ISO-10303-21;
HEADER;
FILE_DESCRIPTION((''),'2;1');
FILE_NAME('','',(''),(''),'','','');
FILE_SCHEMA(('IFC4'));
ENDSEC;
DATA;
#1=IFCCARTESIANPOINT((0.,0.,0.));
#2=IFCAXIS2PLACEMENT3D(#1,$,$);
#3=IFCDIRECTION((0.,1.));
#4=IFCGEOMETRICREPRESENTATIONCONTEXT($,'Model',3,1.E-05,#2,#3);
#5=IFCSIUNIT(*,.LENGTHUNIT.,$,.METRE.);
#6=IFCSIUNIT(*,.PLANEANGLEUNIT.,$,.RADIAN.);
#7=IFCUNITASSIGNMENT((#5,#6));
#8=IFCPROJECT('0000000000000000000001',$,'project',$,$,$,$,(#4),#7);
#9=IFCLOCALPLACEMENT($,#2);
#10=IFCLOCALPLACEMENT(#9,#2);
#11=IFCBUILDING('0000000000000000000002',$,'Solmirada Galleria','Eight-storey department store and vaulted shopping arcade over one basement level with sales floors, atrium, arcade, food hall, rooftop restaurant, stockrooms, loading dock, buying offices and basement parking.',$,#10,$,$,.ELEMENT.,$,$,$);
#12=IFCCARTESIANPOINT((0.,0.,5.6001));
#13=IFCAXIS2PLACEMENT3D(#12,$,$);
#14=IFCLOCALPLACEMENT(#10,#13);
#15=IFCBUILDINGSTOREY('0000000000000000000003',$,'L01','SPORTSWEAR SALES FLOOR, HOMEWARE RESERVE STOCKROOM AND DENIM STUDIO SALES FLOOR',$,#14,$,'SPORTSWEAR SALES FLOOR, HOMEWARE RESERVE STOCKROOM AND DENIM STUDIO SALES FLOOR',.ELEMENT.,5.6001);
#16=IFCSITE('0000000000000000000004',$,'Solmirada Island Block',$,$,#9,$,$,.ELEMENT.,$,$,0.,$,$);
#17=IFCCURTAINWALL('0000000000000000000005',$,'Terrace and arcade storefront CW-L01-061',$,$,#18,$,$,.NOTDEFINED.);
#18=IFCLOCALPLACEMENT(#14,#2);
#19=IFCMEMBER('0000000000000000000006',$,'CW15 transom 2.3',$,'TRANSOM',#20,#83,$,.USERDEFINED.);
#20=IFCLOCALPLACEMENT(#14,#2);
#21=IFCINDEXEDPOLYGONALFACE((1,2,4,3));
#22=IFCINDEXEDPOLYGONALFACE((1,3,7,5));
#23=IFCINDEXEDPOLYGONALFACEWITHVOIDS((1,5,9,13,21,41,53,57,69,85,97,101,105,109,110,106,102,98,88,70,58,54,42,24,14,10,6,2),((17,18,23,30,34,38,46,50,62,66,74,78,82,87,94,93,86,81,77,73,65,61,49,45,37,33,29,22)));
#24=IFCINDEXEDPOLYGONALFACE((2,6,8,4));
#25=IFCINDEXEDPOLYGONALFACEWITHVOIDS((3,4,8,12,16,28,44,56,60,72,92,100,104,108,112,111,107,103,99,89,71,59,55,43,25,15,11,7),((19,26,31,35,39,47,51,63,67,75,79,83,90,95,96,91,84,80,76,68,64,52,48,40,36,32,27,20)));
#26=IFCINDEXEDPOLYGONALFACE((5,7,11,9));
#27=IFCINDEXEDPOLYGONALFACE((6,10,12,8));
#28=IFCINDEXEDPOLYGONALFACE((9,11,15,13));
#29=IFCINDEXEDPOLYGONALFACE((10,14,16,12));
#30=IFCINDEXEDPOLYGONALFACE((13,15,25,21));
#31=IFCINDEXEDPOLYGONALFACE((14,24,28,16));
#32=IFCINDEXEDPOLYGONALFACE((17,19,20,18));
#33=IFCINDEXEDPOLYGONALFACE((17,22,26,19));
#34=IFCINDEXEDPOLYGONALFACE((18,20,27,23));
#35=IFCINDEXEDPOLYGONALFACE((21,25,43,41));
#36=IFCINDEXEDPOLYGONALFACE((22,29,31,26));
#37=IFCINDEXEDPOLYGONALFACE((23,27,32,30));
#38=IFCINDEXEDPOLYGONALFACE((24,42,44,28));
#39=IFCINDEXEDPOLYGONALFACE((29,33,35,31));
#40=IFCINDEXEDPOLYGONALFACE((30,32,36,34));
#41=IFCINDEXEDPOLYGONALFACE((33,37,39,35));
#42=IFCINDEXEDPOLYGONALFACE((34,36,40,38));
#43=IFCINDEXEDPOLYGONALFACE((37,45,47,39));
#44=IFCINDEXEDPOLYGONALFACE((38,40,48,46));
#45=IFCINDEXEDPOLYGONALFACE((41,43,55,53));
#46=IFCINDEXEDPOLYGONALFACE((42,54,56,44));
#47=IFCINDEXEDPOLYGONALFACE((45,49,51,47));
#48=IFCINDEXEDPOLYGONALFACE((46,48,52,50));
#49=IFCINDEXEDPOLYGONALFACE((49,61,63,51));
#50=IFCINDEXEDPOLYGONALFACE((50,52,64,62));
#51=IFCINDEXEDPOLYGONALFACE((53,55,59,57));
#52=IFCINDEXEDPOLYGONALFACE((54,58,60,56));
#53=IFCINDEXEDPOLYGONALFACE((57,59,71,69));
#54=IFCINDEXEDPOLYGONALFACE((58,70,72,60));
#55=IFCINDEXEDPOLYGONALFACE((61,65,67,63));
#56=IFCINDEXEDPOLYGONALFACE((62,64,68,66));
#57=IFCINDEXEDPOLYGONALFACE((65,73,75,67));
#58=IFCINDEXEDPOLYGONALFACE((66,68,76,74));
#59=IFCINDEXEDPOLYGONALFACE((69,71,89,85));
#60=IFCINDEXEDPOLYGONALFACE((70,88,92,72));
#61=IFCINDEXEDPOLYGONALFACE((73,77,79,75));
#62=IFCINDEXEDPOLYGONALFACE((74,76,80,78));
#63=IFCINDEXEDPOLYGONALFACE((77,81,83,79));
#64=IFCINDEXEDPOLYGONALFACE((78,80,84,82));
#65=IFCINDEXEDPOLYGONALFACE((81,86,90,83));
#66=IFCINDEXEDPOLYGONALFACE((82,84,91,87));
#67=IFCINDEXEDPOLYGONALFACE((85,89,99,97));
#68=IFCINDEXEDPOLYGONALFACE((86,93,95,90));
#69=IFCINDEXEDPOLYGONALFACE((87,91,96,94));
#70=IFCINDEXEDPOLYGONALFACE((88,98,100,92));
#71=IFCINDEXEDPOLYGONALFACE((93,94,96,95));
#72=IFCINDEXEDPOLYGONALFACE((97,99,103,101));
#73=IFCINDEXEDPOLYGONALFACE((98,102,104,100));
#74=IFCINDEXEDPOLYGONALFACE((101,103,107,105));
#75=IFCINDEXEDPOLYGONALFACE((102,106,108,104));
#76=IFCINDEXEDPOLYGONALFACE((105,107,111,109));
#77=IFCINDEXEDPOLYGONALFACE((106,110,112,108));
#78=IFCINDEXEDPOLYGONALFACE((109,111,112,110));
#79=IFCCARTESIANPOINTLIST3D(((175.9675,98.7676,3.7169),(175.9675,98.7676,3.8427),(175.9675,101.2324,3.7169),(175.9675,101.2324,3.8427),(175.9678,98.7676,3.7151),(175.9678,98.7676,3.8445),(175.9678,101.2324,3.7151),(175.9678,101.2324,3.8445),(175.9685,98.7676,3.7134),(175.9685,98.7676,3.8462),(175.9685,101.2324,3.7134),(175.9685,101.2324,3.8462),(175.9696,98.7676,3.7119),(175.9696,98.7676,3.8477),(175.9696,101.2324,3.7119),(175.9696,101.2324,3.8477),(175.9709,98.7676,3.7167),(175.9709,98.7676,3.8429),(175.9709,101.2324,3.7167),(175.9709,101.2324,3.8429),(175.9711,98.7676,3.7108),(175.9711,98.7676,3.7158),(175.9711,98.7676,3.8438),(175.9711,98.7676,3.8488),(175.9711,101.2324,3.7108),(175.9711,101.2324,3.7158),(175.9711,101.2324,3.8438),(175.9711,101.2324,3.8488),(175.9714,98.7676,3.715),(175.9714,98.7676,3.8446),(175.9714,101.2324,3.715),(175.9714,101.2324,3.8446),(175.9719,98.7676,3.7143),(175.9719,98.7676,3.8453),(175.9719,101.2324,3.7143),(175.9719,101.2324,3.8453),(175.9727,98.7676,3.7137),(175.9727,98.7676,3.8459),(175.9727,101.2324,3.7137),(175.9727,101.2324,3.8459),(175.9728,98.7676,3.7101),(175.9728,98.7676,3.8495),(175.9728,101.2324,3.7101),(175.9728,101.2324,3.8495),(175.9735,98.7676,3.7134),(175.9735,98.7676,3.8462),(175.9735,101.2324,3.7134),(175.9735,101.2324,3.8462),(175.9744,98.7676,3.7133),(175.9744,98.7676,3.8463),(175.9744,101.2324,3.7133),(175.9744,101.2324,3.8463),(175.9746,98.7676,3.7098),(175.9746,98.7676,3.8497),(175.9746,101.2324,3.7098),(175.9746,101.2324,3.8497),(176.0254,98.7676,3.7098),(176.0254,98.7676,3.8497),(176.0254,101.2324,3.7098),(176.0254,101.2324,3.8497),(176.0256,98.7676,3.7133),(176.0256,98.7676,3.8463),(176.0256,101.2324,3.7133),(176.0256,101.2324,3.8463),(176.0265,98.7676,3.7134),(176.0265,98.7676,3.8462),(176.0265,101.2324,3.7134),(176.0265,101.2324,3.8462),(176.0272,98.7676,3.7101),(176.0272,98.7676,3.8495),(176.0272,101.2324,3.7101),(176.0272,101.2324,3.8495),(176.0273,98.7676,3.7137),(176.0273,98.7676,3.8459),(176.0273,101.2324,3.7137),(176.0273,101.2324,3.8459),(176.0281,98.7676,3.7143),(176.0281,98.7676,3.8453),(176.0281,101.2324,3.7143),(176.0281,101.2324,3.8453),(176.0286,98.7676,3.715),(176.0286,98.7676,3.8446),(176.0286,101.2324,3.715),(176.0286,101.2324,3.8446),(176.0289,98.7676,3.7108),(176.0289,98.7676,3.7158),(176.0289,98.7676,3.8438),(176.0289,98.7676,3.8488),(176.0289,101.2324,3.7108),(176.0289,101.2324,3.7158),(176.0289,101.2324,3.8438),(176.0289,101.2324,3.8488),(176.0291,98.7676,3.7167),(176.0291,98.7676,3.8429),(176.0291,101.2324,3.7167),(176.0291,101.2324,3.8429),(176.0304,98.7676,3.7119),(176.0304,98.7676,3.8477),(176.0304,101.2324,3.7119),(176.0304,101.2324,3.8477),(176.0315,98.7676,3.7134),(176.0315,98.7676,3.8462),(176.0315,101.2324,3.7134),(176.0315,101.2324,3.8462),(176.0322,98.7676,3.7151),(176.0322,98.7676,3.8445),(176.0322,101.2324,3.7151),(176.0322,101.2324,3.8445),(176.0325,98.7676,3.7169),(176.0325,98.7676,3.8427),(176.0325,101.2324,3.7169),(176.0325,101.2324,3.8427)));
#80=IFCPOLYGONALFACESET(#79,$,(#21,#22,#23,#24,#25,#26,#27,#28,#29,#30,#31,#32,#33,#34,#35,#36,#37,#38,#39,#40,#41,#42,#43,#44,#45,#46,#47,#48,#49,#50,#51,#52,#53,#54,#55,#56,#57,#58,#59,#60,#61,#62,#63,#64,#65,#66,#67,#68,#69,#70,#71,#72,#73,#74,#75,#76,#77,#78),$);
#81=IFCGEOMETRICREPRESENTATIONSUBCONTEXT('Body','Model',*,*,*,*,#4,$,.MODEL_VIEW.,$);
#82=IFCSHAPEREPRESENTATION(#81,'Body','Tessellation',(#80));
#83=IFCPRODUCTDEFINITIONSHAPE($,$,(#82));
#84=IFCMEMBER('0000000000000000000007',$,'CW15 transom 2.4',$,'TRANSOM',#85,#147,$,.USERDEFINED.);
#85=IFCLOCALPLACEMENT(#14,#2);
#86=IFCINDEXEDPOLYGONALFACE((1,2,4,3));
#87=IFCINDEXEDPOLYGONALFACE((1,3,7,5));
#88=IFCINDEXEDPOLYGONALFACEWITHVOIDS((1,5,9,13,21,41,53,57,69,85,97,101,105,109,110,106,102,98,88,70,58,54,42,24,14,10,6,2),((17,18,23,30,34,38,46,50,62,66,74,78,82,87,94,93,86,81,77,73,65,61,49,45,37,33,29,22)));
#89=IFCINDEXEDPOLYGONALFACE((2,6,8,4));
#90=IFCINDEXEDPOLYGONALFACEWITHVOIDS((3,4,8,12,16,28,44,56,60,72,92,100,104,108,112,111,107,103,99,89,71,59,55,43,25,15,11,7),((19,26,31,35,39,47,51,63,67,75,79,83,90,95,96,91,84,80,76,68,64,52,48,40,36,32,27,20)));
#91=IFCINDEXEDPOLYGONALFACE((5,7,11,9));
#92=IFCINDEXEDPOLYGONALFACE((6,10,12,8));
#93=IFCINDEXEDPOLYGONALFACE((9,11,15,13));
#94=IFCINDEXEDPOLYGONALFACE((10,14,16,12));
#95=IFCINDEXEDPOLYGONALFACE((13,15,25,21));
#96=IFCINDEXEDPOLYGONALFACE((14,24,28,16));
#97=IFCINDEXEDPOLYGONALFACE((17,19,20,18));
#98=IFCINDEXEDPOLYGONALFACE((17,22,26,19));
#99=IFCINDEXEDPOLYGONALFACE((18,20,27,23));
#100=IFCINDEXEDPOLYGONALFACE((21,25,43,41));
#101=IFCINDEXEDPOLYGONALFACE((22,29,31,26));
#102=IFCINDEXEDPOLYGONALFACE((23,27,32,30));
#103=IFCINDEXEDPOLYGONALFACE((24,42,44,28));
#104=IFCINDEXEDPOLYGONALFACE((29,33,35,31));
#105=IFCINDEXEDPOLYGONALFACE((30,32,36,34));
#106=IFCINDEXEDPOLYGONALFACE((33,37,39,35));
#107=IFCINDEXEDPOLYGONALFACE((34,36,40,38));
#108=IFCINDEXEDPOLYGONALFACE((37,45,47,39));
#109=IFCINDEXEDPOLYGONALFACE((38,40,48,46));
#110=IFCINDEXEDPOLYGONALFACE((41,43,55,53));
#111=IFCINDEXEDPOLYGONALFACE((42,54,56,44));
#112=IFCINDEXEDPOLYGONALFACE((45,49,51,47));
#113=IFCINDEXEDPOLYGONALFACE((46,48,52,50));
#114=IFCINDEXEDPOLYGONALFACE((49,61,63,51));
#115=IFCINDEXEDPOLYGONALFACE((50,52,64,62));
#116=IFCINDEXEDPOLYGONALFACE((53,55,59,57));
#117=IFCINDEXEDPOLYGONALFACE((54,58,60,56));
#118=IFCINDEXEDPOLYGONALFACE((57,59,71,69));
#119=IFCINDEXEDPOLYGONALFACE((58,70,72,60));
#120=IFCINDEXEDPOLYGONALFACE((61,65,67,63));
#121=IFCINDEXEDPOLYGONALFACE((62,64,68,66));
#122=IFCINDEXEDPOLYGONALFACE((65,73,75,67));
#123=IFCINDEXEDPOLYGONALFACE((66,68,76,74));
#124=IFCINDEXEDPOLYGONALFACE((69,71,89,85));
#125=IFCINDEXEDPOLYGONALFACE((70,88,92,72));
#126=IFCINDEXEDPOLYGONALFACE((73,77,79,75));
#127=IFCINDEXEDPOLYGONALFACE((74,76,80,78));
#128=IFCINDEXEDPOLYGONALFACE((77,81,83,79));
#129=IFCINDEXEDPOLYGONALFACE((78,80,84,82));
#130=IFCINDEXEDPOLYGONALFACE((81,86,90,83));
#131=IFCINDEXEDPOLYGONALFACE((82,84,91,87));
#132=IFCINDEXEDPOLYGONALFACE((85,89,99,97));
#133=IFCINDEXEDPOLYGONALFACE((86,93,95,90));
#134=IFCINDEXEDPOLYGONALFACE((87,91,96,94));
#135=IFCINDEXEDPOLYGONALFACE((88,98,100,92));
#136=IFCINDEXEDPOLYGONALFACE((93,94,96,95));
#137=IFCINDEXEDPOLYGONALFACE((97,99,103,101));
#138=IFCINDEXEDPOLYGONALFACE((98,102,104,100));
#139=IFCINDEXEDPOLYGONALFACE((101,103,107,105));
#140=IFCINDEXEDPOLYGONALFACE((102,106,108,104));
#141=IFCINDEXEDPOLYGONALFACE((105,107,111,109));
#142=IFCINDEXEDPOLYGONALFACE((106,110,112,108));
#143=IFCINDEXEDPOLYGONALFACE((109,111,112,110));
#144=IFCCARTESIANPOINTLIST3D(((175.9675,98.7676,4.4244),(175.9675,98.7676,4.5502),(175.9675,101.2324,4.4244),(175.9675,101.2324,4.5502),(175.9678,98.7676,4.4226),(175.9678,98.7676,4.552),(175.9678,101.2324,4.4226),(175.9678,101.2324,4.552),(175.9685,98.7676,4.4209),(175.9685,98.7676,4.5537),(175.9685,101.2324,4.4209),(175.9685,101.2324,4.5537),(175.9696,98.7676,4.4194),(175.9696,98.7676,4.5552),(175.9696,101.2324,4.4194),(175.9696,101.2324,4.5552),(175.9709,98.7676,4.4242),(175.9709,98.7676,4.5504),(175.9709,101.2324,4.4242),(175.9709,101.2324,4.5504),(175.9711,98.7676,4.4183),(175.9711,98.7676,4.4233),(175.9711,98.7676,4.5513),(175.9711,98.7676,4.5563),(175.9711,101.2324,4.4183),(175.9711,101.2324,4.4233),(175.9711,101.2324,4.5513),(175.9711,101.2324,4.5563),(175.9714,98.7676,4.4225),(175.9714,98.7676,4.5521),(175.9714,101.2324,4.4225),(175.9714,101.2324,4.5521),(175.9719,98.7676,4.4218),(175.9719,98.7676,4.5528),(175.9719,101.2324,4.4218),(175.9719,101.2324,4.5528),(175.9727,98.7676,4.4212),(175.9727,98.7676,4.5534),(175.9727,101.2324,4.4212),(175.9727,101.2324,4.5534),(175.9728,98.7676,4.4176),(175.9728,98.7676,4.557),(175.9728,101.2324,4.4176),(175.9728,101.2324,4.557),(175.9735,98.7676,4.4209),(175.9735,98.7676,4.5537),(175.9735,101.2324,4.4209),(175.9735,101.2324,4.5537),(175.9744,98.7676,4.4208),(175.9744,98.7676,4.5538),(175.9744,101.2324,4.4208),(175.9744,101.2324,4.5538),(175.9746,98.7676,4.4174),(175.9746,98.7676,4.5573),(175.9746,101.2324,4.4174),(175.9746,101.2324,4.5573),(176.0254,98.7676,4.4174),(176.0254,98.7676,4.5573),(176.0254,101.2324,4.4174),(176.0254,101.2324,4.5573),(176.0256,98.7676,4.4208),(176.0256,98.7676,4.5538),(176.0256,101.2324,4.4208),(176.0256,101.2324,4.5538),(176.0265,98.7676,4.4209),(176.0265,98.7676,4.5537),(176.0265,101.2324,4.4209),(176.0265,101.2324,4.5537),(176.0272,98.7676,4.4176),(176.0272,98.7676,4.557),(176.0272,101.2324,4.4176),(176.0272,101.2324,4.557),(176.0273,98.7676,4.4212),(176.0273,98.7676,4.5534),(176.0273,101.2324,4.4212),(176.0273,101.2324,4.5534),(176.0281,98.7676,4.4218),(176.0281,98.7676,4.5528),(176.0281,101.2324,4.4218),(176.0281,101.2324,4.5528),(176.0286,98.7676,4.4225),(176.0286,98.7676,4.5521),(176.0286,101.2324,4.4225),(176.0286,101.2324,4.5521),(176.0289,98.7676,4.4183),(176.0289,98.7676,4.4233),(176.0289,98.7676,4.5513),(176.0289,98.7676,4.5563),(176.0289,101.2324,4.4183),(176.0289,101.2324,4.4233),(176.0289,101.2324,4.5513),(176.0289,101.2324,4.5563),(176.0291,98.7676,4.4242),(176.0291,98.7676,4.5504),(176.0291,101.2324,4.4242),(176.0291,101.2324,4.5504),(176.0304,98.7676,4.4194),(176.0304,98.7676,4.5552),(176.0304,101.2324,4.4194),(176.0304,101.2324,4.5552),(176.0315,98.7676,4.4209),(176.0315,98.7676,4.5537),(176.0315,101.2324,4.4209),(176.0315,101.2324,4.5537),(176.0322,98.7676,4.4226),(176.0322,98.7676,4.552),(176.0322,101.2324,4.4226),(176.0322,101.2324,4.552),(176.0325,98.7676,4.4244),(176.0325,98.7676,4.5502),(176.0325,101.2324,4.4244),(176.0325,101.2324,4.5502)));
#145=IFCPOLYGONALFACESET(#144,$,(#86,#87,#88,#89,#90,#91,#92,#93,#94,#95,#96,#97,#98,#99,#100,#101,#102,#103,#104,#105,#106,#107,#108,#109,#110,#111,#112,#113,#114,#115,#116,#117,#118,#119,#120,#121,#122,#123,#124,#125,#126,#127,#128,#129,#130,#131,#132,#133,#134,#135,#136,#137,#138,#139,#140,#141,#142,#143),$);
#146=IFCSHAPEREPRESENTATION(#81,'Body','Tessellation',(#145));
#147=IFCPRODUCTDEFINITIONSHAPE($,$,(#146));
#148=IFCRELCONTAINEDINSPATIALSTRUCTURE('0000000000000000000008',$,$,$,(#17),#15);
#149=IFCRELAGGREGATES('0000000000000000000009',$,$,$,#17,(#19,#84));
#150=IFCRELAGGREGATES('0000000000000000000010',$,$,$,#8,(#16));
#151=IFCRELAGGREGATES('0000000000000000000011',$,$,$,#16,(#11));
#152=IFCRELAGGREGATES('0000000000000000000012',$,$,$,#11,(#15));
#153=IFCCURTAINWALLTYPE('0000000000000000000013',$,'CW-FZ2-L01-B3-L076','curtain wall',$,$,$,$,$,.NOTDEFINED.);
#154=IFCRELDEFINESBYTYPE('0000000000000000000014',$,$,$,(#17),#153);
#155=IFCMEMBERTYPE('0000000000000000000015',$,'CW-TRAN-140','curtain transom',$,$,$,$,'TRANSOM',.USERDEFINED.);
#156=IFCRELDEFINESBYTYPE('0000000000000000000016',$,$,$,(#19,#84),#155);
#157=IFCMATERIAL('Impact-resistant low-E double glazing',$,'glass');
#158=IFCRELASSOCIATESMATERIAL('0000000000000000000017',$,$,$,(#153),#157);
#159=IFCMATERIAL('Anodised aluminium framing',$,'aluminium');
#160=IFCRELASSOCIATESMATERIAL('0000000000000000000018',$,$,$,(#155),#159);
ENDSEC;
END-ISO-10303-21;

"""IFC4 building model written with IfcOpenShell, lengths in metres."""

from ifc_helpers import new_model, si_unit, direction, frame, origin, origin_2d, place, context, subcontext, project, spatial, hollow_rectangle, extrude, material, material_profile, profile_set, type_object, element, aggregate, save


model = new_model("IFC4")

# Units and contexts
model_context = context("Model", 3, precision=1e-05, world=origin(), true_north=direction((0.0, 1.0)))
body_context = subcontext(model_context, "Body", "Model", "MODEL_VIEW")
ifc_project = project(units=[si_unit("LENGTHUNIT", "METRE"), si_unit("PLANEANGLEUNIT", "RADIAN")], contexts=[model_context])

# Site, building, storey
site_placement = place(None, origin())
site = spatial("IfcSite", under=ifc_project, at=site_placement, Name="Solmirada Island Block", CompositionType="ELEMENT", RefElevation=0.0)
building_placement = place(site_placement, origin())
building = spatial("IfcBuilding", under=site, at=building_placement, Name="Solmirada Galleria", Description="Eight-storey department store and vaulted shopping arcade over one basement level with sales floors, atrium, arcade, food hall, rooftop restaurant, stockrooms, loading dock, buying offices and basement parking.", CompositionType="ELEMENT")
storey_placement = place(building_placement, frame((0.0, 0.0, 5.6001)))
storey = spatial("IfcBuildingStorey", under=building, at=storey_placement, Name="L01", Description="SPORTSWEAR SALES FLOOR, HOMEWARE RESERVE STOCKROOM AND DENIM STUDIO SALES FLOOR", LongName="SPORTSWEAR SALES FLOOR, HOMEWARE RESERVE STOCKROOM AND DENIM STUDIO SALES FLOOR", CompositionType="ELEMENT", Elevation=5.6001)

# Curtain wall, members
ifc_material_1 = material(Name="Impact-resistant low-E double glazing", Category="glass")
curtain_wall_type = type_object("IfcCurtainWallType", Name="CW-FZ2-L01-B3-L076", Description="curtain wall", PredefinedType="NOTDEFINED", material=ifc_material_1)
curtain_wall_placement = place(storey_placement, origin())
curtain_wall = element("IfcCurtainWall", 1, at=curtain_wall_placement, inside=storey, type_object=curtain_wall_type, Name="Terrace and arcade storefront CW-L01-061", PredefinedType="NOTDEFINED")
ifc_material_2 = material(Name="Anodised aluminium framing", Category="aluminium")
ifc_material_profile_1 = material_profile(ifc_material_2, hollow_rectangle(XDim=0.0649, YDim=0.1399, WallThickness=0.0034, InnerFilletRadius=0.0034, OuterFilletRadius=0.0071, at=origin_2d()), Name="ALU-TRAN-140X65")
ifc_profile_set_1 = profile_set([ifc_material_profile_1], Name="Anodised aluminium framing")
member_type_1 = type_object("IfcMemberType", Name="CW-TRAN-140", Description="curtain transom", ElementType="TRANSOM", PredefinedType="USERDEFINED", material=ifc_profile_set_1)
member_1_placement = place(storey_placement, frame((176.0, 101.2324, 3.7798), z_axis=(0.0, -1.0, 0.0), x_axis=(1.0, 0.0, 0.0)))
member_1 = element("IfcMember", 2, at=member_1_placement, type_object=member_type_1, Name="CW15 transom 2.3", ObjectType="TRANSOM", PredefinedType="USERDEFINED", context=body_context, shape_type="SweptSolid", body=[
    extrude(hollow_rectangle(XDim=0.0649, YDim=0.1399, WallThickness=0.0034, InnerFilletRadius=0.0034, OuterFilletRadius=0.0071, at=origin_2d()), origin(), (0.0, 0.0, 1.0), 2.4648),
])
member_2_placement = place(storey_placement, frame((176.0, 101.2324, 4.4873), z_axis=(0.0, -1.0, 0.0), x_axis=(1.0, 0.0, 0.0)))
member_2 = element("IfcMember", 3, at=member_2_placement, type_object=member_type_1, Name="CW15 transom 2.4", ObjectType="TRANSOM", PredefinedType="USERDEFINED", context=body_context, shape_type="SweptSolid", body=[
    extrude(hollow_rectangle(XDim=0.0649, YDim=0.1399, WallThickness=0.0034, InnerFilletRadius=0.0034, OuterFilletRadius=0.0071, at=origin_2d()), origin(), (0.0, 0.0, 1.0), 2.4648),
])
aggregate(curtain_wall, [member_1, member_2])

save(model, "model.ifc")
